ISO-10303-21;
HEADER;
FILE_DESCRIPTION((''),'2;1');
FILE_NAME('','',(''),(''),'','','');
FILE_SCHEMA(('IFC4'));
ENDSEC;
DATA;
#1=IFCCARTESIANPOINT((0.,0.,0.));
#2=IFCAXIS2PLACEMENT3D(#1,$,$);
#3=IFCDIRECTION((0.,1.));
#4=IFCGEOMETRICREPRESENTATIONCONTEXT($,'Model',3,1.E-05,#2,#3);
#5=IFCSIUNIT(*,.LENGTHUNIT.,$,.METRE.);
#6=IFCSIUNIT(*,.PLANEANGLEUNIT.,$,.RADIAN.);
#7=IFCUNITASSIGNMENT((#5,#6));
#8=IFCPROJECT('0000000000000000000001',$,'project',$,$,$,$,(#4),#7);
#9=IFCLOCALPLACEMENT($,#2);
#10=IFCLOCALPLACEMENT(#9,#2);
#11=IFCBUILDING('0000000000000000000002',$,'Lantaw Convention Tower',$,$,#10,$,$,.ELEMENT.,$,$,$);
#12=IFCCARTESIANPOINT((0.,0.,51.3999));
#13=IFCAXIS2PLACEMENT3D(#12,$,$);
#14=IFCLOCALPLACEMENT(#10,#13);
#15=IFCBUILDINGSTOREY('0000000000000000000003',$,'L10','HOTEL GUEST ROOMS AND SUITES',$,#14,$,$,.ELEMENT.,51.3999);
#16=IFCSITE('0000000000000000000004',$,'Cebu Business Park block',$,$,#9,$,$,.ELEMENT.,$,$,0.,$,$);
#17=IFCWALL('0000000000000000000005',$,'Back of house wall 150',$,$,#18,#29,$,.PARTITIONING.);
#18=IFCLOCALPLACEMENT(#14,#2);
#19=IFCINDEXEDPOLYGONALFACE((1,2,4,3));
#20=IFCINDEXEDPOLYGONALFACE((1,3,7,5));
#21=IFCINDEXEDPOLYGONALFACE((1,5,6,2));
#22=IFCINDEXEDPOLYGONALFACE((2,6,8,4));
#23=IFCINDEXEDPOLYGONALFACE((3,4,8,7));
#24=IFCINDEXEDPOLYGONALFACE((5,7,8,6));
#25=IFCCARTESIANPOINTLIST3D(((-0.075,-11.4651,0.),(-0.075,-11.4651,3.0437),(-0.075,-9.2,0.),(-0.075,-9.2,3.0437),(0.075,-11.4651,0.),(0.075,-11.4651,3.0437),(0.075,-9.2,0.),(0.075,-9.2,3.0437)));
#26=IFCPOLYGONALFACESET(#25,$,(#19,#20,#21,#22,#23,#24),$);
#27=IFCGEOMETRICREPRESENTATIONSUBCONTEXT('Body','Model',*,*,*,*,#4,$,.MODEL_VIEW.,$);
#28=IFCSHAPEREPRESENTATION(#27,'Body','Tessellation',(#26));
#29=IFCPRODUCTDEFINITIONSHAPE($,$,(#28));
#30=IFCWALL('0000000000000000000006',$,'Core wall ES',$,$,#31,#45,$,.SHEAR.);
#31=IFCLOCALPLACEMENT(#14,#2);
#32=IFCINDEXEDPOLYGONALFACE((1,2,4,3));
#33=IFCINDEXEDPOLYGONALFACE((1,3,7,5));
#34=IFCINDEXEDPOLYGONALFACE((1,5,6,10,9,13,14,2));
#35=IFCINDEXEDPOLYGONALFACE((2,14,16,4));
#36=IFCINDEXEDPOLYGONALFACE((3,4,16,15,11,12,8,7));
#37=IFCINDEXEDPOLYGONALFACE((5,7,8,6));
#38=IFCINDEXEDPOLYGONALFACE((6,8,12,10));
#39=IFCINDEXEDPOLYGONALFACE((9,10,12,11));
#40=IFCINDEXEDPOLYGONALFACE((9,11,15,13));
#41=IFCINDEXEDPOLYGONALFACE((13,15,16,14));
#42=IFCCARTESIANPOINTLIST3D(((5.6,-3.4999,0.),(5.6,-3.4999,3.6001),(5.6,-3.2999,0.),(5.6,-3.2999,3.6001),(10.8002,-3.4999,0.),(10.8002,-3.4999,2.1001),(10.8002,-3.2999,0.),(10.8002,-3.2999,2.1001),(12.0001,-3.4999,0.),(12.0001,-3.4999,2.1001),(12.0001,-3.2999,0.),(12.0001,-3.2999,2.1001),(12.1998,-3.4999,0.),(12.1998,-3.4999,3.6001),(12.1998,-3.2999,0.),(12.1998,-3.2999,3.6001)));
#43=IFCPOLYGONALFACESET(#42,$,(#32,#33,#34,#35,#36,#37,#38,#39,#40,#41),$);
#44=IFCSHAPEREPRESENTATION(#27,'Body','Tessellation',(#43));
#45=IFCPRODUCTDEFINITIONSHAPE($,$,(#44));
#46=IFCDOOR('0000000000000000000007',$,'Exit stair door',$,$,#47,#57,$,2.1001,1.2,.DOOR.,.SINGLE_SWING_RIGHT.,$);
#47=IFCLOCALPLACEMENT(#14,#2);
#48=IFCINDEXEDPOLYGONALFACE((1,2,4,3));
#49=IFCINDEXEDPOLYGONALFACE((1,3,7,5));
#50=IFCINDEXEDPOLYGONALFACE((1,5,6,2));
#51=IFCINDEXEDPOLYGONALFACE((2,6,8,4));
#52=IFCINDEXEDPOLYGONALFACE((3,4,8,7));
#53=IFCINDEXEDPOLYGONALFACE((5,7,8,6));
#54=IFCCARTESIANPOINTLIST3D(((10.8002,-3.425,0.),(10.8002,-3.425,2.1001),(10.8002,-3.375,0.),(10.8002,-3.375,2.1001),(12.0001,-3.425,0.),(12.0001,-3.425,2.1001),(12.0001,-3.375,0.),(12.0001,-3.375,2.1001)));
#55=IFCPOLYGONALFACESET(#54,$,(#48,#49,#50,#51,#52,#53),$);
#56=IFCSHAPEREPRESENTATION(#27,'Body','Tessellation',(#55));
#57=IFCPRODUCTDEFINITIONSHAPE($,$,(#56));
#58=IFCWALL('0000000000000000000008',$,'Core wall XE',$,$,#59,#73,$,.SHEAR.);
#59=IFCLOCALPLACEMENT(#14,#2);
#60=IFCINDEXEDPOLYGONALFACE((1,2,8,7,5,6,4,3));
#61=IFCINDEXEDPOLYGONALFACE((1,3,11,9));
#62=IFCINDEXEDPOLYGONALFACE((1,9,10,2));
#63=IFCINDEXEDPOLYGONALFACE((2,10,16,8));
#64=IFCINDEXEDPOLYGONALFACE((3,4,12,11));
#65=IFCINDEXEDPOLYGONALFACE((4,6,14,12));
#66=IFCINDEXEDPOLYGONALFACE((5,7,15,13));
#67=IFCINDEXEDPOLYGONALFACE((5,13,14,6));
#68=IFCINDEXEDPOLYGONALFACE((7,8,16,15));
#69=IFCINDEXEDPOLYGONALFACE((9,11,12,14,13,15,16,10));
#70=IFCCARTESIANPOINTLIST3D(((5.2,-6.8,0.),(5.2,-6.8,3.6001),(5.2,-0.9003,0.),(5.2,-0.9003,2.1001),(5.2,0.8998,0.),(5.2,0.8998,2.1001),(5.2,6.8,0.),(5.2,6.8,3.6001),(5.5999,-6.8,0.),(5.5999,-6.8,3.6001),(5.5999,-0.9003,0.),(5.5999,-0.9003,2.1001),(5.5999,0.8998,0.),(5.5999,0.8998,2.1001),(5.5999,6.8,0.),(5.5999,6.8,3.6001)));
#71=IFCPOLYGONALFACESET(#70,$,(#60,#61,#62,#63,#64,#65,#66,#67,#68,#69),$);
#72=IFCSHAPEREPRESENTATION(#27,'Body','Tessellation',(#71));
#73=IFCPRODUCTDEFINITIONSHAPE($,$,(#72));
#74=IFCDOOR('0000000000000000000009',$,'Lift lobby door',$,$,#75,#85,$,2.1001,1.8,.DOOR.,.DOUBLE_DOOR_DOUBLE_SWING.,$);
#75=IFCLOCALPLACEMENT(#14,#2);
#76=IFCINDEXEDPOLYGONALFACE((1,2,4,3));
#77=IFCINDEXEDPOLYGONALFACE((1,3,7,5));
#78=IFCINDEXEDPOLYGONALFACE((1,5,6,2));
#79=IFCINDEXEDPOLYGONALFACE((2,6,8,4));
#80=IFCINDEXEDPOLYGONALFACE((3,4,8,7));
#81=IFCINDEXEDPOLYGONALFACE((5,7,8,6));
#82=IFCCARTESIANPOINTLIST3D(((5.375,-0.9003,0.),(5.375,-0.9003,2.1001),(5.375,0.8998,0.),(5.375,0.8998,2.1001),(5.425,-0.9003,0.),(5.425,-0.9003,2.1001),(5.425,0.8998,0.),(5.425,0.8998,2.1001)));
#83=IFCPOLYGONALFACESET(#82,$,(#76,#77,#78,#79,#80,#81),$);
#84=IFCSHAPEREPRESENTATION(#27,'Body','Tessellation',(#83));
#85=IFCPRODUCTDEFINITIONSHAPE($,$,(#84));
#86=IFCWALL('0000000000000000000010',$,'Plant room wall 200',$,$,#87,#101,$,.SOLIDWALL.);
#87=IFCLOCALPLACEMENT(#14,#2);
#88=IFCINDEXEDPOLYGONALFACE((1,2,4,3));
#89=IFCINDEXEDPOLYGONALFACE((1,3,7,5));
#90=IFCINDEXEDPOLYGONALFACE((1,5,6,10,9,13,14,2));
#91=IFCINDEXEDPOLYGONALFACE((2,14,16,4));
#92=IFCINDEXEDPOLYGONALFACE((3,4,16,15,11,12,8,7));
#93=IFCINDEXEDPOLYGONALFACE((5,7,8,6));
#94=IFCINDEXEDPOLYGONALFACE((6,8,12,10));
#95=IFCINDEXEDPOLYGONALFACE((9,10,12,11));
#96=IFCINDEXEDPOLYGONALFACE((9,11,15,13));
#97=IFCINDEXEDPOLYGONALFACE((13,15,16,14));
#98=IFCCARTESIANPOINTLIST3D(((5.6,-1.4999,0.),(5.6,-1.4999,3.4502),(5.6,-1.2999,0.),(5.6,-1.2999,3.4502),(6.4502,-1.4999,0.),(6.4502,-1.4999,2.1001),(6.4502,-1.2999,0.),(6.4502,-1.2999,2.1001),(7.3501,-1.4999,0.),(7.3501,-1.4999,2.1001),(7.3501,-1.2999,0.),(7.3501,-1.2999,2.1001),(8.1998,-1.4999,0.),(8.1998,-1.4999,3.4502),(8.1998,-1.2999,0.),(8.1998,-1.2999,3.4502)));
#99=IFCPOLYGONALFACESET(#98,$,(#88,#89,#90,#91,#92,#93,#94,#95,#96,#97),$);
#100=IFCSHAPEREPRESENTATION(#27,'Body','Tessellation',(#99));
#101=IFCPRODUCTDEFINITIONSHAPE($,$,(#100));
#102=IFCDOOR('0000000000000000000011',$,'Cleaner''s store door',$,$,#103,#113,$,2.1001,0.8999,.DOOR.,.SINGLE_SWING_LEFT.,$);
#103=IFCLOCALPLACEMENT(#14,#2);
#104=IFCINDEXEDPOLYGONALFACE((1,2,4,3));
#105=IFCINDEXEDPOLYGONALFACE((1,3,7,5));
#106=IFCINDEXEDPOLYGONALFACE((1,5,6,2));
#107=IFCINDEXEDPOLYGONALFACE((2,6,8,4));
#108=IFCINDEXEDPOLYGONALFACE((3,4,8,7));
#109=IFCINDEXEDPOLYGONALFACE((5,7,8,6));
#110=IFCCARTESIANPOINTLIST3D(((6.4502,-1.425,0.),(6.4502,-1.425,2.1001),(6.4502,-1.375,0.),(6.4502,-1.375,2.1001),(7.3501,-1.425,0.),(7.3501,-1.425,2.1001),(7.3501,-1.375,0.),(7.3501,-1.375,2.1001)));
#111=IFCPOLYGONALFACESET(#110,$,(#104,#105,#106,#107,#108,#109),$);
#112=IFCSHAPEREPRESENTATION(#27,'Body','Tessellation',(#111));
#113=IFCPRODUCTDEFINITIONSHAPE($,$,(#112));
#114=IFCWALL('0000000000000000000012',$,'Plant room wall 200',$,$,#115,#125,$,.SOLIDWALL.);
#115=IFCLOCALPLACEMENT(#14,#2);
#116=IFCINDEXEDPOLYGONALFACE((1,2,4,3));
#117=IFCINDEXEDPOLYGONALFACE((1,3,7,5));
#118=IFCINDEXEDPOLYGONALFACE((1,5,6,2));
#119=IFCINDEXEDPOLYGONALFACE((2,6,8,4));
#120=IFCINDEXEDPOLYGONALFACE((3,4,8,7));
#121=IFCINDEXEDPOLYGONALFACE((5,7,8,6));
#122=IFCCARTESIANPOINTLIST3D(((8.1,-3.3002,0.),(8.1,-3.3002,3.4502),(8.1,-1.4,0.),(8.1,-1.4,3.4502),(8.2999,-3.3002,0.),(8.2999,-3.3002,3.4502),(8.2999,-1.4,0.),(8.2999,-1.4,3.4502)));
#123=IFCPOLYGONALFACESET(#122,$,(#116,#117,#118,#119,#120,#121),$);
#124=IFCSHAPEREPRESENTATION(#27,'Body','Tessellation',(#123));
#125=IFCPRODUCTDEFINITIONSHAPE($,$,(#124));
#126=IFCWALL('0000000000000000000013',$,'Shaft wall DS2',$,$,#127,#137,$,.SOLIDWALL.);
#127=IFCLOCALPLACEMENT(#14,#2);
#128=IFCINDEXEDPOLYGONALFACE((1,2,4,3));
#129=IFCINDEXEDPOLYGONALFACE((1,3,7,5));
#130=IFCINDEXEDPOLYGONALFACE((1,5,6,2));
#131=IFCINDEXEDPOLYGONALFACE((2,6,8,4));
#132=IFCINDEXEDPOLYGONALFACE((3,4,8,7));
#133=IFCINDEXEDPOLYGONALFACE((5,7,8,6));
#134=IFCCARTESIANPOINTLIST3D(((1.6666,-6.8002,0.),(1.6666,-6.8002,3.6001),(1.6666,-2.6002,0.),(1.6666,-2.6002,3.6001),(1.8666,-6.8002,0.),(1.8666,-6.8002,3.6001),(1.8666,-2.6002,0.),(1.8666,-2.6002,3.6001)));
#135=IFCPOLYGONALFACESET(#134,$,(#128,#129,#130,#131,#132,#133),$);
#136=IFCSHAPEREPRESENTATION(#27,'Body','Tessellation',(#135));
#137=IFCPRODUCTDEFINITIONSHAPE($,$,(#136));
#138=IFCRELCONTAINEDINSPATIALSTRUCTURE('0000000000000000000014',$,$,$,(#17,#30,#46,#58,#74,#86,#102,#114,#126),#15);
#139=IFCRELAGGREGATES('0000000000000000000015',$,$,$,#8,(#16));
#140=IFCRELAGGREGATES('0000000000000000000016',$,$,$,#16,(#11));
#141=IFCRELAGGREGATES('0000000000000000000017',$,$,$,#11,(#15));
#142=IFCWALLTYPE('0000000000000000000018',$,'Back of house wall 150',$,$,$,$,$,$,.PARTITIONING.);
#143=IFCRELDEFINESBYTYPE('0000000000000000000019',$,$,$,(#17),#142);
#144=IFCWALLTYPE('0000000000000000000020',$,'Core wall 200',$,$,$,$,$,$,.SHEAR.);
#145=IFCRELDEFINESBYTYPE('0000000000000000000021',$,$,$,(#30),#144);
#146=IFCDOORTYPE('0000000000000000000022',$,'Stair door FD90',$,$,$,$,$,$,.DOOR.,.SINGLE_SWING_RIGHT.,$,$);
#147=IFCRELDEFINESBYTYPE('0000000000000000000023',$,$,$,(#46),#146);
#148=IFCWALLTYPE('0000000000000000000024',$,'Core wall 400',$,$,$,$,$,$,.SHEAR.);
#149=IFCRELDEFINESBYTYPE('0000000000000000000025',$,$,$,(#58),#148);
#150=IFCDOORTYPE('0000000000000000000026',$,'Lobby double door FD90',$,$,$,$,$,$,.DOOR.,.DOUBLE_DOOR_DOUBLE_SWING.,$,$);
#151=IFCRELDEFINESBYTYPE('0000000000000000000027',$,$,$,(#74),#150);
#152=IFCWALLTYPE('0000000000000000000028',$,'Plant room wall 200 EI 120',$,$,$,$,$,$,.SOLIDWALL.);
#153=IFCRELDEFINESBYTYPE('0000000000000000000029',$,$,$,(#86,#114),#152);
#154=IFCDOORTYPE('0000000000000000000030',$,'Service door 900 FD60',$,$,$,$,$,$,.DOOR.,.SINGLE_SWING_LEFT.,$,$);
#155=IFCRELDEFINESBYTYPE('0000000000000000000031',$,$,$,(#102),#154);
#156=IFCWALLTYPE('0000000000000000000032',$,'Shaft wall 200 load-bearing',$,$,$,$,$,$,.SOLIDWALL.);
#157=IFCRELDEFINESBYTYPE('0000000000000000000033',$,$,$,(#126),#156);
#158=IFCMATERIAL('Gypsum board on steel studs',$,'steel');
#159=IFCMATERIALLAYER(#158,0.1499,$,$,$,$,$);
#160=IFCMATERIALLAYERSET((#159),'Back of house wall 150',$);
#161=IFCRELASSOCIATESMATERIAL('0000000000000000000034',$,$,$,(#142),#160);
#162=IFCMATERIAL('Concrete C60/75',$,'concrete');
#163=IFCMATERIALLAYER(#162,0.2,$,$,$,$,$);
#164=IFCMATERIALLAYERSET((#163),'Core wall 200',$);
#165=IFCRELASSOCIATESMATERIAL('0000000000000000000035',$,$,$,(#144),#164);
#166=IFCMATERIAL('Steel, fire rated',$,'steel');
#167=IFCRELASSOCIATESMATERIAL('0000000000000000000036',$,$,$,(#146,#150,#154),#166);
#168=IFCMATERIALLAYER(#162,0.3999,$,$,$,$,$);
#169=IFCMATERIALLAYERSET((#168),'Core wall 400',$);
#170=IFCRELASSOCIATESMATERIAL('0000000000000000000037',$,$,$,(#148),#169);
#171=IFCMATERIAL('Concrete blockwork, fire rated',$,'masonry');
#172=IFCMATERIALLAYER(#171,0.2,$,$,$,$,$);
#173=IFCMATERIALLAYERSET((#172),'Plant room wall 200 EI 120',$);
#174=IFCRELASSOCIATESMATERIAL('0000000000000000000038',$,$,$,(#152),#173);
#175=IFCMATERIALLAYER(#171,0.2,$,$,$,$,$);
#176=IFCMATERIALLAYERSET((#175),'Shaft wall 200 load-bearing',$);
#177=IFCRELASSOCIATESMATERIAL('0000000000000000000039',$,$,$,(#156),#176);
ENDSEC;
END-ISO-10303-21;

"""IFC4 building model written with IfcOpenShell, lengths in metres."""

from ifc_helpers import new_model, si_unit, direction, frame, frame_2d, origin, place, context, subcontext, project, spatial, rectangle, extrude, material, layer, layer_set, type_object, element, fill, save


model = new_model("IFC4")

# Units and contexts
model_context = context("Model", 3, precision=1e-05, world=origin(), true_north=direction((0.0, 1.0)))
body_context = subcontext(model_context, "Body", "Model", "MODEL_VIEW")
ifc_project = project(units=[si_unit("LENGTHUNIT", "METRE"), si_unit("PLANEANGLEUNIT", "RADIAN")], contexts=[model_context])

# Site, building, storey
site_placement = place(None, origin())
site = spatial("IfcSite", under=ifc_project, at=site_placement, Name="Cebu Business Park block", CompositionType="ELEMENT", RefElevation=0.0)
building_placement = place(site_placement, origin())
building = spatial("IfcBuilding", under=site, at=building_placement, Name="Lantaw Convention Tower", CompositionType="ELEMENT")
storey_placement = place(building_placement, frame((0.0, 0.0, 51.3999)))
storey = spatial("IfcBuildingStorey", under=building, at=storey_placement, Name="L10", Description="HOTEL GUEST ROOMS AND SUITES", CompositionType="ELEMENT", Elevation=51.3999)

# Wall
ifc_material_1 = material(Name="Gypsum board on steel studs", Category="steel")
ifc_layer_1 = layer(ifc_material_1, 0.1499)
ifc_layer_set_1 = layer_set([ifc_layer_1], Name="Back of house wall 150")
wall_type_1 = type_object("IfcWallType", Name="Back of house wall 150", PredefinedType="PARTITIONING", material=ifc_layer_set_1)
wall_1_placement = place(storey_placement, frame((0.0, -9.2, 0.0), z_axis=(0.0, 0.0, 1.0), x_axis=(0.0, -1.0, 0.0)))
element("IfcWall", 1, at=wall_1_placement, inside=storey, type_object=wall_type_1, Name="Back of house wall 150", PredefinedType="PARTITIONING", context=body_context, shape_type="SweptSolid", body=[
    extrude(rectangle(XDim=2.2651, YDim=0.1499, at=frame_2d((1.1326, 0.0))), origin(), (0.0, 0.0, 1.0), 3.0437),
])

# Walls, openings, doors
ifc_material_2 = material(Name="Concrete C60/75", Category="concrete")
ifc_layer_2 = layer(ifc_material_2, 0.2)
ifc_layer_set_2 = layer_set([ifc_layer_2], Name="Core wall 200")
wall_type_2 = type_object("IfcWallType", Name="Core wall 200", PredefinedType="SHEAR", material=ifc_layer_set_2)
wall_2_placement = place(storey_placement, frame((5.6001, -3.3999, 0.0), z_axis=(0.0, 0.0, 1.0), x_axis=(1.0, 0.0, 0.0)))
wall_2 = element("IfcWall", 2, at=wall_2_placement, inside=storey, type_object=wall_type_2, Name="Core wall ES", PredefinedType="SHEAR", context=body_context, shape_type="SweptSolid", body=[
    extrude(rectangle(XDim=6.5999, YDim=0.2, at=frame_2d((3.2998, 0.0))), origin(), (0.0, 0.0, 1.0), 3.6001),
])
opening_1_placement = place(wall_2_placement, frame((5.2, 0.0, 0.0)))
opening_1 = element("IfcOpeningElement", 3, at=opening_1_placement, cuts=wall_2, PredefinedType="OPENING", context=body_context, shape_type="SweptSolid", body=[
    extrude(rectangle(XDim=1.2, YDim=2.1001, at=frame_2d((0.6001, 1.05))), frame((0.0, 0.1099, 0.0), z_axis=(0.0, -1.0, 0.0), x_axis=(1.0, 0.0, 0.0)), (0.0, 0.0, 1.0), 0.22),
])
ifc_material_3 = material(Name="Steel, fire rated", Category="steel")
door_type_1 = type_object("IfcDoorType", Name="Stair door FD90", OperationType="SINGLE_SWING_RIGHT", PredefinedType="DOOR", material=ifc_material_3)
door_1_placement = place(opening_1_placement, origin())
door_1 = element("IfcDoor", 4, at=door_1_placement, inside=storey, type_object=door_type_1, Name="Exit stair door", OperationType="SINGLE_SWING_RIGHT", OverallHeight=2.1001, OverallWidth=1.2, PredefinedType="DOOR", context=body_context, shape_type="SweptSolid", body=[
    extrude(rectangle(XDim=1.2, YDim=2.1001, at=frame_2d((0.6001, 1.05))), frame((0.0, 0.0249, 0.0), z_axis=(0.0, -1.0, 0.0), x_axis=(1.0, 0.0, 0.0)), (0.0, 0.0, 1.0), 0.05),
])
fill(opening_1, door_1)
ifc_layer_3 = layer(ifc_material_2, 0.3999)
ifc_layer_set_3 = layer_set([ifc_layer_3], Name="Core wall 400")
wall_type_3 = type_object("IfcWallType", Name="Core wall 400", PredefinedType="SHEAR", material=ifc_layer_set_3)
wall_3_placement = place(storey_placement, frame((5.3999, -6.8, 0.0), z_axis=(0.0, 0.0, 1.0), x_axis=(0.0, 1.0, 0.0)))
wall_3 = element("IfcWall", 5, at=wall_3_placement, inside=storey, type_object=wall_type_3, Name="Core wall XE", PredefinedType="SHEAR", context=body_context, shape_type="SweptSolid", body=[
    extrude(rectangle(XDim=13.6001, YDim=0.3999, at=frame_2d((6.8, 0.0))), origin(), (0.0, 0.0, 1.0), 3.6001),
])
opening_2_placement = place(wall_3_placement, frame((5.8999, 0.0, 0.0)))
opening_2 = element("IfcOpeningElement", 6, at=opening_2_placement, cuts=wall_3, PredefinedType="OPENING", context=body_context, shape_type="SweptSolid", body=[
    extrude(rectangle(XDim=1.8, YDim=2.1001, at=frame_2d((0.8999, 1.05))), frame((0.0, 0.21, 0.0), z_axis=(0.0, -1.0, 0.0), x_axis=(1.0, 0.0, 0.0)), (0.0, 0.0, 1.0), 0.4199),
])
door_type_2 = type_object("IfcDoorType", Name="Lobby double door FD90", OperationType="DOUBLE_DOOR_DOUBLE_SWING", PredefinedType="DOOR", material=ifc_material_3)
door_2_placement = place(opening_2_placement, origin())
door_2 = element("IfcDoor", 7, at=door_2_placement, inside=storey, type_object=door_type_2, Name="Lift lobby door", OperationType="DOUBLE_DOOR_DOUBLE_SWING", OverallHeight=2.1001, OverallWidth=1.8, PredefinedType="DOOR", context=body_context, shape_type="SweptSolid", body=[
    extrude(rectangle(XDim=1.8, YDim=2.1001, at=frame_2d((0.8999, 1.05))), frame((0.0, 0.0249, 0.0), z_axis=(0.0, -1.0, 0.0), x_axis=(1.0, 0.0, 0.0)), (0.0, 0.0, 1.0), 0.05),
])
fill(opening_2, door_2)
ifc_material_4 = material(Name="Concrete blockwork, fire rated", Category="masonry")
ifc_layer_4 = layer(ifc_material_4, 0.2)
ifc_layer_set_4 = layer_set([ifc_layer_4], Name="Plant room wall 200 EI 120")
wall_type_4 = type_object("IfcWallType", Name="Plant room wall 200 EI 120", PredefinedType="SOLIDWALL", material=ifc_layer_set_4)
wall_4_placement = place(storey_placement, frame((5.6001, -1.3999, 0.0), z_axis=(0.0, 0.0, 1.0), x_axis=(1.0, 0.0, 0.0)))
wall_4 = element("IfcWall", 8, at=wall_4_placement, inside=storey, type_object=wall_type_4, Name="Plant room wall 200", PredefinedType="SOLIDWALL", context=body_context, shape_type="SweptSolid", body=[
    extrude(rectangle(XDim=2.5999, YDim=0.2, at=frame_2d((1.2998, 0.0))), origin(), (0.0, 0.0, 1.0), 3.4502),
])
opening_3_placement = place(wall_4_placement, frame((0.8501, 0.0, 0.0)))
opening_3 = element("IfcOpeningElement", 9, at=opening_3_placement, cuts=wall_4, PredefinedType="OPENING", context=body_context, shape_type="SweptSolid", body=[
    extrude(rectangle(XDim=0.8999, YDim=2.1001, at=frame_2d((0.45, 1.05))), frame((0.0, 0.1099, 0.0), z_axis=(0.0, -1.0, 0.0), x_axis=(1.0, 0.0, 0.0)), (0.0, 0.0, 1.0), 0.22),
])
door_type_3 = type_object("IfcDoorType", Name="Service door 900 FD60", OperationType="SINGLE_SWING_LEFT", PredefinedType="DOOR", material=ifc_material_3)
door_3_placement = place(opening_3_placement, origin())
door_3 = element("IfcDoor", 10, at=door_3_placement, inside=storey, type_object=door_type_3, Name="Cleaner's store door", OperationType="SINGLE_SWING_LEFT", OverallHeight=2.1001, OverallWidth=0.8999, PredefinedType="DOOR", context=body_context, shape_type="SweptSolid", body=[
    extrude(rectangle(XDim=0.8999, YDim=2.1001, at=frame_2d((0.45, 1.05))), frame((0.0, 0.0249, 0.0), z_axis=(0.0, -1.0, 0.0), x_axis=(1.0, 0.0, 0.0)), (0.0, 0.0, 1.0), 0.05),
])
fill(opening_3, door_3)

# Walls
wall_5_placement = place(storey_placement, frame((8.2, -1.3999, 0.0), z_axis=(0.0, 0.0, 1.0), x_axis=(0.0, -1.0, 0.0)))
element("IfcWall", 11, at=wall_5_placement, inside=storey, type_object=wall_type_4, Name="Plant room wall 200", PredefinedType="SOLIDWALL", context=body_context, shape_type="SweptSolid", body=[
    extrude(rectangle(XDim=1.9001, YDim=0.2, at=frame_2d((0.9502, 0.0))), origin(), (0.0, 0.0, 1.0), 3.4502),
])
ifc_layer_5 = layer(ifc_material_4, 0.2)
ifc_layer_set_5 = layer_set([ifc_layer_5], Name="Shaft wall 200 load-bearing")
wall_type_5 = type_object("IfcWallType", Name="Shaft wall 200 load-bearing", PredefinedType="SOLIDWALL", material=ifc_layer_set_5)
wall_6_placement = place(storey_placement, frame((1.7666, -2.6001, 0.0), z_axis=(0.0, 0.0, 1.0), x_axis=(0.0, -1.0, 0.0)))
element("IfcWall", 12, at=wall_6_placement, inside=storey, type_object=wall_type_5, Name="Shaft wall DS2", PredefinedType="SOLIDWALL", context=body_context, shape_type="SweptSolid", body=[
    extrude(rectangle(XDim=4.2, YDim=0.2, at=frame_2d((2.1001, 0.0))), origin(), (0.0, 0.0, 1.0), 3.6001),
])

save(model, "model.ifc")
